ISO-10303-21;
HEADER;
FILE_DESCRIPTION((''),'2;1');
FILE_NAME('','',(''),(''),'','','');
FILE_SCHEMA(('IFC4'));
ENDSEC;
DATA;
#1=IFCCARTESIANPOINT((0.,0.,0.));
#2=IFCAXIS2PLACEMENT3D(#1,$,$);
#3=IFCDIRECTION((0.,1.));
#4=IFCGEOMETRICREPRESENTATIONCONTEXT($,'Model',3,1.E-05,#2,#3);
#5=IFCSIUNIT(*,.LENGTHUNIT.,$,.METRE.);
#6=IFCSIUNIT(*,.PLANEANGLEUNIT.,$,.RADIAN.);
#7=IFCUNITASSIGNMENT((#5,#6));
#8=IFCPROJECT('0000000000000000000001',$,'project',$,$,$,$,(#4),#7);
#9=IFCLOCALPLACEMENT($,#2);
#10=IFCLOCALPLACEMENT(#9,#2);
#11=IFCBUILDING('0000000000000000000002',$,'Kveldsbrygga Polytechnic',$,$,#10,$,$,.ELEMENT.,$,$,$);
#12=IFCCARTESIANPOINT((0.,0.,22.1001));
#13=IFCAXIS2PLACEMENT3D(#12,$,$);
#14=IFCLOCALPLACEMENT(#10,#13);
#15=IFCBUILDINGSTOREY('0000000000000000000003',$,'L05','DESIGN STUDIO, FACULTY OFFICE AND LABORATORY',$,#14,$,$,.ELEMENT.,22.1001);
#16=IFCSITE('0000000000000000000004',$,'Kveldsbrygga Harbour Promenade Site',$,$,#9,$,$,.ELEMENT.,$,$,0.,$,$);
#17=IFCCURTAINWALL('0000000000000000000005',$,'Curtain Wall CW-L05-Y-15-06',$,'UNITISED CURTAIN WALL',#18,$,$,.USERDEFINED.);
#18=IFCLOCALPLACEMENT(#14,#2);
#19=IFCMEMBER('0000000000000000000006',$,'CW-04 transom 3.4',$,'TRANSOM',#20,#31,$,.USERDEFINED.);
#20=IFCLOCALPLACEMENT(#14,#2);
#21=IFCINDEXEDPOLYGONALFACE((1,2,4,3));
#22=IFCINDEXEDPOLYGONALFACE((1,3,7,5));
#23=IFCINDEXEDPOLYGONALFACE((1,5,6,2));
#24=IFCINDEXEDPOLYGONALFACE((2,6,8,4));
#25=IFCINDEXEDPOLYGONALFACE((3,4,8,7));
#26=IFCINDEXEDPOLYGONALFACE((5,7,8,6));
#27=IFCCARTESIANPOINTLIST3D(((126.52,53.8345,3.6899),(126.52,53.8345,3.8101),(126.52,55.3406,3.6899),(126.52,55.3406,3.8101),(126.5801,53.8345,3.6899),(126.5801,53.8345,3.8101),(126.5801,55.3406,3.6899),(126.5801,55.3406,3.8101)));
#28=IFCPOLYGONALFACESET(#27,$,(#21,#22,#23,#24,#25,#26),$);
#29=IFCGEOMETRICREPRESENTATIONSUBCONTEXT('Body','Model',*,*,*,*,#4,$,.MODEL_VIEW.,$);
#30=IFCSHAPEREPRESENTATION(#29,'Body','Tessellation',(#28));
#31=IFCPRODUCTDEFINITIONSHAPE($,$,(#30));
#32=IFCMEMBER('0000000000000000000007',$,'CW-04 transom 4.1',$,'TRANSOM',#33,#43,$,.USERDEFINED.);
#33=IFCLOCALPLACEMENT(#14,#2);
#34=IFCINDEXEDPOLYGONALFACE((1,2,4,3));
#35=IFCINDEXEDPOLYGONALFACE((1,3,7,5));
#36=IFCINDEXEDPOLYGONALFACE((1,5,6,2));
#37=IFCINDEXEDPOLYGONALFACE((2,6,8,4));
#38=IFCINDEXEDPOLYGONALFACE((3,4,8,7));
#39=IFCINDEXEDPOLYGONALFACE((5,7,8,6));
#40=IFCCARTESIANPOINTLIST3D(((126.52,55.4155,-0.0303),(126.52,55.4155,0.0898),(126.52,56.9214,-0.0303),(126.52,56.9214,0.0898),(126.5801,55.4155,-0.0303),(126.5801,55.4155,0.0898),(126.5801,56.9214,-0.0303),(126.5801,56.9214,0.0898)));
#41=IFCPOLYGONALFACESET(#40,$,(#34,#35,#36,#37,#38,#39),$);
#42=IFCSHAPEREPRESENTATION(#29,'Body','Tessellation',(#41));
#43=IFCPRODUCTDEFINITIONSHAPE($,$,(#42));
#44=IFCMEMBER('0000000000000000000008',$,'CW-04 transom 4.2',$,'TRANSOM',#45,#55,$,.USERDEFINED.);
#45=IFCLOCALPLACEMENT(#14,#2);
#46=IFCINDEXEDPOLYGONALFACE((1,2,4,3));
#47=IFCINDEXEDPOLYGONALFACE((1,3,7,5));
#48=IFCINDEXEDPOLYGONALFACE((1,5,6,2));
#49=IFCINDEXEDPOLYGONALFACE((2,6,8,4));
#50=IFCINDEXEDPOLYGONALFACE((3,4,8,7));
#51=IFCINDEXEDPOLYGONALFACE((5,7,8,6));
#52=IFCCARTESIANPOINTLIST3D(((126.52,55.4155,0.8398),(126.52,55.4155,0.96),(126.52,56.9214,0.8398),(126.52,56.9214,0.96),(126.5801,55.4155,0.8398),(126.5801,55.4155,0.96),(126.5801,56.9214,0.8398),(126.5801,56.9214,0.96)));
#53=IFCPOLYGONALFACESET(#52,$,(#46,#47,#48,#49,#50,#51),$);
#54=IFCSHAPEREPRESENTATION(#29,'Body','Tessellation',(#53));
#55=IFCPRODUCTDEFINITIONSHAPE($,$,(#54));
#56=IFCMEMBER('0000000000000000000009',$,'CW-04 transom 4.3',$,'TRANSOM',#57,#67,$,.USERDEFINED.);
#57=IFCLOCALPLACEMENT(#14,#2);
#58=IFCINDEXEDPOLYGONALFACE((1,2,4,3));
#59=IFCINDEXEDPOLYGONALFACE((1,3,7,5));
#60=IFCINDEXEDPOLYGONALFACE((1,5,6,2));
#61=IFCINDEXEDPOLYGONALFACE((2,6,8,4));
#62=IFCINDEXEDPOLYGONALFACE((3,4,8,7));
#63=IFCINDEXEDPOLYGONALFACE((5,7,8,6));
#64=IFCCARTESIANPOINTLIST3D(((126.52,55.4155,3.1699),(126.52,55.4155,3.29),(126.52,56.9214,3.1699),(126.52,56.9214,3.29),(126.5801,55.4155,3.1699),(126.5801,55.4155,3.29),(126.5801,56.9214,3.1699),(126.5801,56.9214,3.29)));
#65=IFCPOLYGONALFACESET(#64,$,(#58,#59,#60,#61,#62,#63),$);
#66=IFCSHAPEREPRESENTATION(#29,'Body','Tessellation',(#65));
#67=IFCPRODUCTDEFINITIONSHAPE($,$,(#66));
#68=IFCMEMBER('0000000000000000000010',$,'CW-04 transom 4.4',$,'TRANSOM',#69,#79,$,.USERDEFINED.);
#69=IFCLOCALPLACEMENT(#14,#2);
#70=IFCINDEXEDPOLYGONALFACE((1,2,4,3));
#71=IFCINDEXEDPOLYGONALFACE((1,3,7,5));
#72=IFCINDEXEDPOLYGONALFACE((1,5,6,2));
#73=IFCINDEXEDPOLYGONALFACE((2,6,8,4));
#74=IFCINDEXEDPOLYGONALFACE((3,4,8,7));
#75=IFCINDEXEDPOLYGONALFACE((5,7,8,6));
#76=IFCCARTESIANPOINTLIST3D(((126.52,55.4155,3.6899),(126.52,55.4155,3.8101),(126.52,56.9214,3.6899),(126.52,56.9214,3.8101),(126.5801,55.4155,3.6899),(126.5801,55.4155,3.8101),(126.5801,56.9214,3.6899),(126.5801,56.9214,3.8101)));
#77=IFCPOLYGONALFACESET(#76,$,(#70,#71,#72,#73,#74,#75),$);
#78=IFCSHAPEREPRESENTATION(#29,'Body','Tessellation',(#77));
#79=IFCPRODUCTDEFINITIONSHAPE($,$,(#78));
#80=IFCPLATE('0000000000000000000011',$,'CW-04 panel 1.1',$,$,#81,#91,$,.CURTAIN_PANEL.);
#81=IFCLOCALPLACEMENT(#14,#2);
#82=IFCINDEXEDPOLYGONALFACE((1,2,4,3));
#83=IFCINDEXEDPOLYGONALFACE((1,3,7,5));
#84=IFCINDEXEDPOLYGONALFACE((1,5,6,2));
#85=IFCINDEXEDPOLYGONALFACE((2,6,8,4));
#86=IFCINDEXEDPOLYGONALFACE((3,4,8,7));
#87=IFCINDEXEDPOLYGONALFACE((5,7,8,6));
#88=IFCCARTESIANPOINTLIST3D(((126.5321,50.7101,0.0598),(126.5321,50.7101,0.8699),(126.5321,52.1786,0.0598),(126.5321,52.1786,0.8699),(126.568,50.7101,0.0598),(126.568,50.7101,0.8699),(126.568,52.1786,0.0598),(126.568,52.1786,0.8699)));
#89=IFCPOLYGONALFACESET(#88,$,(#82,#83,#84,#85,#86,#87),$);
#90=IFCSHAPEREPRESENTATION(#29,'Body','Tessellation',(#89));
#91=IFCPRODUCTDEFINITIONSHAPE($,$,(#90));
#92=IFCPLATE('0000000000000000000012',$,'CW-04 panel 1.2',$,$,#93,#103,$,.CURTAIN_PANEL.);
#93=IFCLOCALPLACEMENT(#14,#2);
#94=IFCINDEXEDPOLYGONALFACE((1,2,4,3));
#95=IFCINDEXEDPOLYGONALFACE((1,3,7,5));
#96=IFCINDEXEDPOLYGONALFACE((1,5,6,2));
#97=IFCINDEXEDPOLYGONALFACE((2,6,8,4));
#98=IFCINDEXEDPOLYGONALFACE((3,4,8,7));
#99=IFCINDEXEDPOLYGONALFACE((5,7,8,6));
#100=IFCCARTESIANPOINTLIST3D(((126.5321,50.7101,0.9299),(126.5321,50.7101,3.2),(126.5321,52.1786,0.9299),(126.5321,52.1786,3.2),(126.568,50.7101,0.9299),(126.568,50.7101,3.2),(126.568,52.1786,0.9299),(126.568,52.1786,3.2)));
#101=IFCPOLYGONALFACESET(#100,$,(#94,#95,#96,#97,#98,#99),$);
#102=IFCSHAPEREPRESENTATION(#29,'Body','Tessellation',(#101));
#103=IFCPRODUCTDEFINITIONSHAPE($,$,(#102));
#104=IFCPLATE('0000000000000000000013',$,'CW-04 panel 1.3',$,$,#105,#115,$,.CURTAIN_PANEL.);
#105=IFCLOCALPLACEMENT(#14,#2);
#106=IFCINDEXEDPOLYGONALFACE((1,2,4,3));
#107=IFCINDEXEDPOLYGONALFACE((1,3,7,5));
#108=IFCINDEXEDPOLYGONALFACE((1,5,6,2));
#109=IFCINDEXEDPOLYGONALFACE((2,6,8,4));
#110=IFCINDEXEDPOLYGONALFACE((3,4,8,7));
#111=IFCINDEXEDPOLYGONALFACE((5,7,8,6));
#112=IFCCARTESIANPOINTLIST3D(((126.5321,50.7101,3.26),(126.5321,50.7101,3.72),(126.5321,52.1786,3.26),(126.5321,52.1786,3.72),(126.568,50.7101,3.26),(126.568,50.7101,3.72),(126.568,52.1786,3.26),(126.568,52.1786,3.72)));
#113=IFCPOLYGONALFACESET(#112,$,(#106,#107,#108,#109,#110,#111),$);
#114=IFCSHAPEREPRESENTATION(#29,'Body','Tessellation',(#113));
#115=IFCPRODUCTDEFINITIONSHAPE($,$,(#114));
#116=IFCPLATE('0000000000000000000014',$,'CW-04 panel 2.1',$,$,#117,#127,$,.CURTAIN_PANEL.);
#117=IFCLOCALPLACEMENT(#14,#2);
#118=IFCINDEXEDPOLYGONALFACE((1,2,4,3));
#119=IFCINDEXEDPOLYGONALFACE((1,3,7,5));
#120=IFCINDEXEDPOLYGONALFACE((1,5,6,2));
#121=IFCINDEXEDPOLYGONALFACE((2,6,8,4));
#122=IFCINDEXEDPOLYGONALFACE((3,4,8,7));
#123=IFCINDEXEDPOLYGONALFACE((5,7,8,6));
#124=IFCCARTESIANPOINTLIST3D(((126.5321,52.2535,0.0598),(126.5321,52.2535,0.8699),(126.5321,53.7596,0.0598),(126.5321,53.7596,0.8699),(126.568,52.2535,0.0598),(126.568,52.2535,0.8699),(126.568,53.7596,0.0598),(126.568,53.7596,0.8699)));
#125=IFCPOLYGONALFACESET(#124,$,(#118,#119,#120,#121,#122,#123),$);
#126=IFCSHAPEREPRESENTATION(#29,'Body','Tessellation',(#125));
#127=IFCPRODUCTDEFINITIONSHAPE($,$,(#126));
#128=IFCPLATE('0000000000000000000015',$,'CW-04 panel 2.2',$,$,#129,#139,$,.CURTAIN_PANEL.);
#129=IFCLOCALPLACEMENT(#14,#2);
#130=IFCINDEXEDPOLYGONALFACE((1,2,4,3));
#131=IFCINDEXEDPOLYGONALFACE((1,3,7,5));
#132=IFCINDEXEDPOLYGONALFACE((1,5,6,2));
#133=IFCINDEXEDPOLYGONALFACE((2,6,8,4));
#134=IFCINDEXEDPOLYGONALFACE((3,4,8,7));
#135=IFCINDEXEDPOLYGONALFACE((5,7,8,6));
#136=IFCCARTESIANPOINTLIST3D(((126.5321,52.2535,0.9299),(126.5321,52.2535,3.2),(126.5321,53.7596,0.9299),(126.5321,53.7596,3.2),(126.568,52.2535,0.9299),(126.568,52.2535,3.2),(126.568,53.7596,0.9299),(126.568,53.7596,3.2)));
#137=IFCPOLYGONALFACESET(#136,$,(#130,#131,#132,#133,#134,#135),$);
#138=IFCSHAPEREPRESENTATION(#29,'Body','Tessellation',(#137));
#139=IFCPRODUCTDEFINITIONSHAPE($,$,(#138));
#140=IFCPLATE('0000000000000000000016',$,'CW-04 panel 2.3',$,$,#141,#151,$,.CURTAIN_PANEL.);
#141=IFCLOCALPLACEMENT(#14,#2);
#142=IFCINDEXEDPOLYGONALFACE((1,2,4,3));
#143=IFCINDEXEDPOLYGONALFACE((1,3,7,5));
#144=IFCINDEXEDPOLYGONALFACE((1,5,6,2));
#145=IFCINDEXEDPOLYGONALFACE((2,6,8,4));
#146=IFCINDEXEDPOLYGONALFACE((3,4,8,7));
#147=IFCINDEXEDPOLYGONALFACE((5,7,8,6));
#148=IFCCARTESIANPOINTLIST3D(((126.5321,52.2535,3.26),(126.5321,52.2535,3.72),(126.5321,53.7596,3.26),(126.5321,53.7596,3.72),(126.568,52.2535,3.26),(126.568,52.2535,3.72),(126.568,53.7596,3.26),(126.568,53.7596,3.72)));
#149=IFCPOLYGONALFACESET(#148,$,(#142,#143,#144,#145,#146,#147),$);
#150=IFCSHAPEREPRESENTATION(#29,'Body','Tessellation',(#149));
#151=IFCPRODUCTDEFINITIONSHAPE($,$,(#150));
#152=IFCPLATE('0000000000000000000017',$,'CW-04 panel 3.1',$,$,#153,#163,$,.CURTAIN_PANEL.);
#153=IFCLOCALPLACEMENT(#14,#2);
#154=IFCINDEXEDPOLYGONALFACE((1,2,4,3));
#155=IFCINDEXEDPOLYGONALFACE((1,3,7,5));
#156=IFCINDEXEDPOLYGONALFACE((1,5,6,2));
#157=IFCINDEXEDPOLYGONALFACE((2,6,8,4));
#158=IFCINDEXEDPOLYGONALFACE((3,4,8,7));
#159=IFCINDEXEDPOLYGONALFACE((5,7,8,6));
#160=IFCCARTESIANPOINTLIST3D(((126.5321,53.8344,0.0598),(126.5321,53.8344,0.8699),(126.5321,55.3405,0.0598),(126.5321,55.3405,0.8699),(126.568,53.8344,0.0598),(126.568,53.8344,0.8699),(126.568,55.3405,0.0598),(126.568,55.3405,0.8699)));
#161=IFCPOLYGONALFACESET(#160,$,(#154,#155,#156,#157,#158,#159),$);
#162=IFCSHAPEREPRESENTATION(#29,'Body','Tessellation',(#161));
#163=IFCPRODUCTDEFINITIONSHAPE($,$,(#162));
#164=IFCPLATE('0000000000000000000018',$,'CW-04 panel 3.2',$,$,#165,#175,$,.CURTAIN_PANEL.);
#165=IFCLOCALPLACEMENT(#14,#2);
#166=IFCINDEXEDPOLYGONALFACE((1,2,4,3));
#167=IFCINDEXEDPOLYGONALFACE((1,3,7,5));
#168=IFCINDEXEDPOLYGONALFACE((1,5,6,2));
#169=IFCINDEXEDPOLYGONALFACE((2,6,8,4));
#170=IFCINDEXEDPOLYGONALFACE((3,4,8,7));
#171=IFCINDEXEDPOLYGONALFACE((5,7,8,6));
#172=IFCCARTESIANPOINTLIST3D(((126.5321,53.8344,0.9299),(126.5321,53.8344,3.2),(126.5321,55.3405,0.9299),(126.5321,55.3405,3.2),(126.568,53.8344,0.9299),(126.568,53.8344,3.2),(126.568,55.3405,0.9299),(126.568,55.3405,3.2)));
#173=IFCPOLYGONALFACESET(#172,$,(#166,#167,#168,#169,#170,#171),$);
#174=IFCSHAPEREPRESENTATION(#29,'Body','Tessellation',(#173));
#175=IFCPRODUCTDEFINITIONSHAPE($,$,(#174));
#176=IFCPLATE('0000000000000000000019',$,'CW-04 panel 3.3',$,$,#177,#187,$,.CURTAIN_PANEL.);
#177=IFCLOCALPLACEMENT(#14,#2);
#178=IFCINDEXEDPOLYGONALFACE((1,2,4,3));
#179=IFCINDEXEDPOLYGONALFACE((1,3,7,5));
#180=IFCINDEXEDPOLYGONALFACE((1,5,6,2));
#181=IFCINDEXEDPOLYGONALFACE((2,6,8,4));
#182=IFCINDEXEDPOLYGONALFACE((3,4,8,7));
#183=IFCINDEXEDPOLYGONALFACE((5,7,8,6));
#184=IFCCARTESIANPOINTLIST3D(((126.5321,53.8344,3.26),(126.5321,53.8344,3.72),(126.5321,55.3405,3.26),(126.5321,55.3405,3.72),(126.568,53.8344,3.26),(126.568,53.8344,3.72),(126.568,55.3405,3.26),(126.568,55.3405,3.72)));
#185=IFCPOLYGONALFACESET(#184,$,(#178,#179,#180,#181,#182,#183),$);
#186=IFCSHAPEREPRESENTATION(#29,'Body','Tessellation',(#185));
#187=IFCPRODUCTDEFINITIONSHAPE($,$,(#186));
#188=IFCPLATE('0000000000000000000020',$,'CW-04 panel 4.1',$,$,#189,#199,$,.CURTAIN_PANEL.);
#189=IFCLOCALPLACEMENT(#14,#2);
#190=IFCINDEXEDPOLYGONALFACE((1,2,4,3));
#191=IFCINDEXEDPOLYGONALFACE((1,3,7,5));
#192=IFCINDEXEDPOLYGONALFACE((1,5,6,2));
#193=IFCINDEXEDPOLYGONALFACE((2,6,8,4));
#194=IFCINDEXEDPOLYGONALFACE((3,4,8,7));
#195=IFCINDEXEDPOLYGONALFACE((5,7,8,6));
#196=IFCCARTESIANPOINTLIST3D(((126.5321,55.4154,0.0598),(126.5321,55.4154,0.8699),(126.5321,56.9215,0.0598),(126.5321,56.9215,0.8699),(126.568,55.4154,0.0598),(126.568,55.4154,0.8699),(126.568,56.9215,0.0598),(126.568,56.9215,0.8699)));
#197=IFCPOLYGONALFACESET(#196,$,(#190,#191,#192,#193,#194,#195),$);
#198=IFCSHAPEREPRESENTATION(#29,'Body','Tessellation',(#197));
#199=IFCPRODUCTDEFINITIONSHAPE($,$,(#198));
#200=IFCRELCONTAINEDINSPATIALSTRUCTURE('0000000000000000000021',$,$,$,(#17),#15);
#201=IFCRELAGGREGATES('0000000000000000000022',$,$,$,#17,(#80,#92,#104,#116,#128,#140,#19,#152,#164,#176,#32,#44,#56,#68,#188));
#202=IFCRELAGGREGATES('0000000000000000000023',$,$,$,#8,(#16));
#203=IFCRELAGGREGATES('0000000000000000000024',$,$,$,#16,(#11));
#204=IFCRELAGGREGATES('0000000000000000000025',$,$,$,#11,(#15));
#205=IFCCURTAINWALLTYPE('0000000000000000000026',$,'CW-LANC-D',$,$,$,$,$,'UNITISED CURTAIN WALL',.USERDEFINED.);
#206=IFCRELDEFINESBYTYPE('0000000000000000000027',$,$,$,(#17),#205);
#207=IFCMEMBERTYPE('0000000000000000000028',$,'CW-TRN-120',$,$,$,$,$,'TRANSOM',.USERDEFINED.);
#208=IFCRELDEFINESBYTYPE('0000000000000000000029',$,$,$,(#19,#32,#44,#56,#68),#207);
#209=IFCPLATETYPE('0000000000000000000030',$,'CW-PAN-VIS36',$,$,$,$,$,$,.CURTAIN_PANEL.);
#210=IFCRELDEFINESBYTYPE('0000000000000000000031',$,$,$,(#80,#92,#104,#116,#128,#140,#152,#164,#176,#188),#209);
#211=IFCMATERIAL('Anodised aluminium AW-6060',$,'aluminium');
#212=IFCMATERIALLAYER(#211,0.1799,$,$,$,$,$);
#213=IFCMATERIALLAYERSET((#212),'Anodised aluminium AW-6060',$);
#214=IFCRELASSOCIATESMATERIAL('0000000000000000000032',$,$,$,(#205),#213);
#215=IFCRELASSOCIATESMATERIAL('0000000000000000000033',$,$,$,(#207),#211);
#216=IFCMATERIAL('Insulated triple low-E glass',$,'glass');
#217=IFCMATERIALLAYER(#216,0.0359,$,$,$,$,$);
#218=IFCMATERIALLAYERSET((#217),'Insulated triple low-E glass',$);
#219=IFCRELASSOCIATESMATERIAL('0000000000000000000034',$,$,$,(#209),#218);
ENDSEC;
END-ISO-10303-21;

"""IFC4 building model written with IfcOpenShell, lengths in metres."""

from ifc_helpers import new_model, si_unit, direction, frame, origin, origin_2d, place, context, subcontext, project, spatial, rectangle, extrude, material, layer, layer_set, material_profile, profile_set, type_object, element, aggregate, save


model = new_model("IFC4")

# Units and contexts
model_context = context("Model", 3, precision=1e-05, world=origin(), true_north=direction((0.0, 1.0)))
body_context = subcontext(model_context, "Body", "Model", "MODEL_VIEW")
ifc_project = project(units=[si_unit("LENGTHUNIT", "METRE"), si_unit("PLANEANGLEUNIT", "RADIAN")], contexts=[model_context])

# Site, building, storey
site_placement = place(None, origin())
site = spatial("IfcSite", under=ifc_project, at=site_placement, Name="Kveldsbrygga Harbour Promenade Site", CompositionType="ELEMENT", RefElevation=0.0)
building_placement = place(site_placement, origin())
building = spatial("IfcBuilding", under=site, at=building_placement, Name="Kveldsbrygga Polytechnic", CompositionType="ELEMENT")
storey_placement = place(building_placement, frame((0.0, 0.0, 22.1001)))
storey = spatial("IfcBuildingStorey", under=building, at=storey_placement, Name="L05", Description="DESIGN STUDIO, FACULTY OFFICE AND LABORATORY", CompositionType="ELEMENT", Elevation=22.1001)

# Curtain wall, members, plates
ifc_material_1 = material(Name="Anodised aluminium AW-6060", Category="aluminium")
ifc_layer_1 = layer(ifc_material_1, 0.1799)
ifc_layer_set_1 = layer_set([ifc_layer_1], Name="Anodised aluminium AW-6060")
curtain_wall_type = type_object("IfcCurtainWallType", Name="CW-LANC-D", ElementType="UNITISED CURTAIN WALL", PredefinedType="USERDEFINED", material=ifc_layer_set_1)
curtain_wall_placement = place(storey_placement, origin())
curtain_wall = element("IfcCurtainWall", 1, at=curtain_wall_placement, inside=storey, type_object=curtain_wall_type, Name="Curtain Wall CW-L05-Y-15-06", ObjectType="UNITISED CURTAIN WALL", PredefinedType="USERDEFINED")
ifc_material_profile_1 = material_profile(ifc_material_1, rectangle(XDim=0.0601, YDim=0.1201, at=origin_2d()), Name="ALU 60x120")
ifc_profile_set_1 = profile_set([ifc_material_profile_1], Name="Anodised aluminium AW-6060")
member_type_1 = type_object("IfcMemberType", Name="CW-TRN-120", ElementType="TRANSOM", PredefinedType="USERDEFINED", material=ifc_profile_set_1)
member_1_placement = place(storey_placement, frame((126.55, 53.8345, 3.75), z_axis=(0.0, 1.0, 0.0), x_axis=(-1.0, 0.0, 0.0)))
member_1 = element("IfcMember", 2, at=member_1_placement, type_object=member_type_1, Name="CW-04 transom 3.4", ObjectType="TRANSOM", PredefinedType="USERDEFINED", context=body_context, shape_type="SweptSolid", body=[
    extrude(rectangle(XDim=0.0601, YDim=0.1201, at=origin_2d()), origin(), (0.0, 0.0, 1.0), 1.5061),
])
member_2_placement = place(storey_placement, frame((126.55, 55.4155, 0.0298), z_axis=(0.0, 1.0, 0.0), x_axis=(-1.0, 0.0, 0.0)))
member_2 = element("IfcMember", 3, at=member_2_placement, type_object=member_type_1, Name="CW-04 transom 4.1", ObjectType="TRANSOM", PredefinedType="USERDEFINED", context=body_context, shape_type="SweptSolid", body=[
    extrude(rectangle(XDim=0.0601, YDim=0.1201, at=origin_2d()), origin(), (0.0, 0.0, 1.0), 1.5059),
])
member_3_placement = place(storey_placement, frame((126.55, 55.4155, 0.8999), z_axis=(0.0, 1.0, 0.0), x_axis=(-1.0, 0.0, 0.0)))
member_3 = element("IfcMember", 4, at=member_3_placement, type_object=member_type_1, Name="CW-04 transom 4.2", ObjectType="TRANSOM", PredefinedType="USERDEFINED", context=body_context, shape_type="SweptSolid", body=[
    extrude(rectangle(XDim=0.0601, YDim=0.1201, at=origin_2d()), origin(), (0.0, 0.0, 1.0), 1.5059),
])
member_4_placement = place(storey_placement, frame((126.55, 55.4155, 3.23), z_axis=(0.0, 1.0, 0.0), x_axis=(-1.0, 0.0, 0.0)))
member_4 = element("IfcMember", 5, at=member_4_placement, type_object=member_type_1, Name="CW-04 transom 4.3", ObjectType="TRANSOM", PredefinedType="USERDEFINED", context=body_context, shape_type="SweptSolid", body=[
    extrude(rectangle(XDim=0.0601, YDim=0.1201, at=origin_2d()), origin(), (0.0, 0.0, 1.0), 1.5059),
])
member_5_placement = place(storey_placement, frame((126.55, 55.4155, 3.75), z_axis=(0.0, 1.0, 0.0), x_axis=(-1.0, 0.0, 0.0)))
member_5 = element("IfcMember", 6, at=member_5_placement, type_object=member_type_1, Name="CW-04 transom 4.4", ObjectType="TRANSOM", PredefinedType="USERDEFINED", context=body_context, shape_type="SweptSolid", body=[
    extrude(rectangle(XDim=0.0601, YDim=0.1201, at=origin_2d()), origin(), (0.0, 0.0, 1.0), 1.5059),
])
ifc_material_2 = material(Name="Insulated triple low-E glass", Category="glass")
ifc_layer_2 = layer(ifc_material_2, 0.0359)
ifc_layer_set_2 = layer_set([ifc_layer_2], Name="Insulated triple low-E glass")
plate_type = type_object("IfcPlateType", Name="CW-PAN-VIS36", PredefinedType="CURTAIN_PANEL", material=ifc_layer_set_2)
plate_1_placement = place(storey_placement, frame((126.55, 51.4443, 0.0598), z_axis=(0.0, 0.0, 1.0), x_axis=(0.0, 1.0, 0.0)))
plate_1 = element("IfcPlate", 7, at=plate_1_placement, type_object=plate_type, Name="CW-04 panel 1.1", PredefinedType="CURTAIN_PANEL", context=body_context, shape_type="SweptSolid", body=[
    extrude(rectangle(XDim=1.4685, YDim=0.0359, at=origin_2d()), origin(), (0.0, 0.0, 1.0), 0.8101),
])
plate_2_placement = place(storey_placement, frame((126.55, 51.4443, 0.9299), z_axis=(0.0, 0.0, 1.0), x_axis=(0.0, 1.0, 0.0)))
plate_2 = element("IfcPlate", 8, at=plate_2_placement, type_object=plate_type, Name="CW-04 panel 1.2", PredefinedType="CURTAIN_PANEL", context=body_context, shape_type="SweptSolid", body=[
    extrude(rectangle(XDim=1.4685, YDim=0.0359, at=origin_2d()), origin(), (0.0, 0.0, 1.0), 2.27),
])
plate_3_placement = place(storey_placement, frame((126.55, 51.4443, 3.26), z_axis=(0.0, 0.0, 1.0), x_axis=(0.0, 1.0, 0.0)))
plate_3 = element("IfcPlate", 9, at=plate_3_placement, type_object=plate_type, Name="CW-04 panel 1.3", PredefinedType="CURTAIN_PANEL", context=body_context, shape_type="SweptSolid", body=[
    extrude(rectangle(XDim=1.4685, YDim=0.0359, at=origin_2d()), origin(), (0.0, 0.0, 1.0), 0.46),
])
plate_4_placement = place(storey_placement, frame((126.55, 53.0066, 0.0598), z_axis=(0.0, 0.0, 1.0), x_axis=(0.0, 1.0, 0.0)))
plate_4 = element("IfcPlate", 10, at=plate_4_placement, type_object=plate_type, Name="CW-04 panel 2.1", PredefinedType="CURTAIN_PANEL", context=body_context, shape_type="SweptSolid", body=[
    extrude(rectangle(XDim=1.5061, YDim=0.0359, at=origin_2d()), origin(), (0.0, 0.0, 1.0), 0.8101),
])
plate_5_placement = place(storey_placement, frame((126.55, 53.0066, 0.9299), z_axis=(0.0, 0.0, 1.0), x_axis=(0.0, 1.0, 0.0)))
plate_5 = element("IfcPlate", 11, at=plate_5_placement, type_object=plate_type, Name="CW-04 panel 2.2", PredefinedType="CURTAIN_PANEL", context=body_context, shape_type="SweptSolid", body=[
    extrude(rectangle(XDim=1.5061, YDim=0.0359, at=origin_2d()), origin(), (0.0, 0.0, 1.0), 2.27),
])
plate_6_placement = place(storey_placement, frame((126.55, 53.0066, 3.26), z_axis=(0.0, 0.0, 1.0), x_axis=(0.0, 1.0, 0.0)))
plate_6 = element("IfcPlate", 12, at=plate_6_placement, type_object=plate_type, Name="CW-04 panel 2.3", PredefinedType="CURTAIN_PANEL", context=body_context, shape_type="SweptSolid", body=[
    extrude(rectangle(XDim=1.5061, YDim=0.0359, at=origin_2d()), origin(), (0.0, 0.0, 1.0), 0.46),
])
plate_7_placement = place(storey_placement, frame((126.55, 54.5874, 0.0598), z_axis=(0.0, 0.0, 1.0), x_axis=(0.0, 1.0, 0.0)))
plate_7 = element("IfcPlate", 13, at=plate_7_placement, type_object=plate_type, Name="CW-04 panel 3.1", PredefinedType="CURTAIN_PANEL", context=body_context, shape_type="SweptSolid", body=[
    extrude(rectangle(XDim=1.5061, YDim=0.0359, at=origin_2d()), origin(), (0.0, 0.0, 1.0), 0.8101),
])
plate_8_placement = place(storey_placement, frame((126.55, 54.5874, 0.9299), z_axis=(0.0, 0.0, 1.0), x_axis=(0.0, 1.0, 0.0)))
plate_8 = element("IfcPlate", 14, at=plate_8_placement, type_object=plate_type, Name="CW-04 panel 3.2", PredefinedType="CURTAIN_PANEL", context=body_context, shape_type="SweptSolid", body=[
    extrude(rectangle(XDim=1.5061, YDim=0.0359, at=origin_2d()), origin(), (0.0, 0.0, 1.0), 2.27),
])
plate_9_placement = place(storey_placement, frame((126.55, 54.5874, 3.26), z_axis=(0.0, 0.0, 1.0), x_axis=(0.0, 1.0, 0.0)))
plate_9 = element("IfcPlate", 15, at=plate_9_placement, type_object=plate_type, Name="CW-04 panel 3.3", PredefinedType="CURTAIN_PANEL", context=body_context, shape_type="SweptSolid", body=[
    extrude(rectangle(XDim=1.5061, YDim=0.0359, at=origin_2d()), origin(), (0.0, 0.0, 1.0), 0.46),
])
plate_10_placement = place(storey_placement, frame((126.55, 56.1685, 0.0598), z_axis=(0.0, 0.0, 1.0), x_axis=(0.0, 1.0, 0.0)))
plate_10 = element("IfcPlate", 16, at=plate_10_placement, type_object=plate_type, Name="CW-04 panel 4.1", PredefinedType="CURTAIN_PANEL", context=body_context, shape_type="SweptSolid", body=[
    extrude(rectangle(XDim=1.5061, YDim=0.0359, at=origin_2d()), origin(), (0.0, 0.0, 1.0), 0.8101),
])
aggregate(curtain_wall, [plate_1, plate_2, plate_3, plate_4, plate_5, plate_6, member_1, plate_7, plate_8, plate_9, member_2, member_3, member_4, member_5, plate_10])

save(model, "model.ifc")
